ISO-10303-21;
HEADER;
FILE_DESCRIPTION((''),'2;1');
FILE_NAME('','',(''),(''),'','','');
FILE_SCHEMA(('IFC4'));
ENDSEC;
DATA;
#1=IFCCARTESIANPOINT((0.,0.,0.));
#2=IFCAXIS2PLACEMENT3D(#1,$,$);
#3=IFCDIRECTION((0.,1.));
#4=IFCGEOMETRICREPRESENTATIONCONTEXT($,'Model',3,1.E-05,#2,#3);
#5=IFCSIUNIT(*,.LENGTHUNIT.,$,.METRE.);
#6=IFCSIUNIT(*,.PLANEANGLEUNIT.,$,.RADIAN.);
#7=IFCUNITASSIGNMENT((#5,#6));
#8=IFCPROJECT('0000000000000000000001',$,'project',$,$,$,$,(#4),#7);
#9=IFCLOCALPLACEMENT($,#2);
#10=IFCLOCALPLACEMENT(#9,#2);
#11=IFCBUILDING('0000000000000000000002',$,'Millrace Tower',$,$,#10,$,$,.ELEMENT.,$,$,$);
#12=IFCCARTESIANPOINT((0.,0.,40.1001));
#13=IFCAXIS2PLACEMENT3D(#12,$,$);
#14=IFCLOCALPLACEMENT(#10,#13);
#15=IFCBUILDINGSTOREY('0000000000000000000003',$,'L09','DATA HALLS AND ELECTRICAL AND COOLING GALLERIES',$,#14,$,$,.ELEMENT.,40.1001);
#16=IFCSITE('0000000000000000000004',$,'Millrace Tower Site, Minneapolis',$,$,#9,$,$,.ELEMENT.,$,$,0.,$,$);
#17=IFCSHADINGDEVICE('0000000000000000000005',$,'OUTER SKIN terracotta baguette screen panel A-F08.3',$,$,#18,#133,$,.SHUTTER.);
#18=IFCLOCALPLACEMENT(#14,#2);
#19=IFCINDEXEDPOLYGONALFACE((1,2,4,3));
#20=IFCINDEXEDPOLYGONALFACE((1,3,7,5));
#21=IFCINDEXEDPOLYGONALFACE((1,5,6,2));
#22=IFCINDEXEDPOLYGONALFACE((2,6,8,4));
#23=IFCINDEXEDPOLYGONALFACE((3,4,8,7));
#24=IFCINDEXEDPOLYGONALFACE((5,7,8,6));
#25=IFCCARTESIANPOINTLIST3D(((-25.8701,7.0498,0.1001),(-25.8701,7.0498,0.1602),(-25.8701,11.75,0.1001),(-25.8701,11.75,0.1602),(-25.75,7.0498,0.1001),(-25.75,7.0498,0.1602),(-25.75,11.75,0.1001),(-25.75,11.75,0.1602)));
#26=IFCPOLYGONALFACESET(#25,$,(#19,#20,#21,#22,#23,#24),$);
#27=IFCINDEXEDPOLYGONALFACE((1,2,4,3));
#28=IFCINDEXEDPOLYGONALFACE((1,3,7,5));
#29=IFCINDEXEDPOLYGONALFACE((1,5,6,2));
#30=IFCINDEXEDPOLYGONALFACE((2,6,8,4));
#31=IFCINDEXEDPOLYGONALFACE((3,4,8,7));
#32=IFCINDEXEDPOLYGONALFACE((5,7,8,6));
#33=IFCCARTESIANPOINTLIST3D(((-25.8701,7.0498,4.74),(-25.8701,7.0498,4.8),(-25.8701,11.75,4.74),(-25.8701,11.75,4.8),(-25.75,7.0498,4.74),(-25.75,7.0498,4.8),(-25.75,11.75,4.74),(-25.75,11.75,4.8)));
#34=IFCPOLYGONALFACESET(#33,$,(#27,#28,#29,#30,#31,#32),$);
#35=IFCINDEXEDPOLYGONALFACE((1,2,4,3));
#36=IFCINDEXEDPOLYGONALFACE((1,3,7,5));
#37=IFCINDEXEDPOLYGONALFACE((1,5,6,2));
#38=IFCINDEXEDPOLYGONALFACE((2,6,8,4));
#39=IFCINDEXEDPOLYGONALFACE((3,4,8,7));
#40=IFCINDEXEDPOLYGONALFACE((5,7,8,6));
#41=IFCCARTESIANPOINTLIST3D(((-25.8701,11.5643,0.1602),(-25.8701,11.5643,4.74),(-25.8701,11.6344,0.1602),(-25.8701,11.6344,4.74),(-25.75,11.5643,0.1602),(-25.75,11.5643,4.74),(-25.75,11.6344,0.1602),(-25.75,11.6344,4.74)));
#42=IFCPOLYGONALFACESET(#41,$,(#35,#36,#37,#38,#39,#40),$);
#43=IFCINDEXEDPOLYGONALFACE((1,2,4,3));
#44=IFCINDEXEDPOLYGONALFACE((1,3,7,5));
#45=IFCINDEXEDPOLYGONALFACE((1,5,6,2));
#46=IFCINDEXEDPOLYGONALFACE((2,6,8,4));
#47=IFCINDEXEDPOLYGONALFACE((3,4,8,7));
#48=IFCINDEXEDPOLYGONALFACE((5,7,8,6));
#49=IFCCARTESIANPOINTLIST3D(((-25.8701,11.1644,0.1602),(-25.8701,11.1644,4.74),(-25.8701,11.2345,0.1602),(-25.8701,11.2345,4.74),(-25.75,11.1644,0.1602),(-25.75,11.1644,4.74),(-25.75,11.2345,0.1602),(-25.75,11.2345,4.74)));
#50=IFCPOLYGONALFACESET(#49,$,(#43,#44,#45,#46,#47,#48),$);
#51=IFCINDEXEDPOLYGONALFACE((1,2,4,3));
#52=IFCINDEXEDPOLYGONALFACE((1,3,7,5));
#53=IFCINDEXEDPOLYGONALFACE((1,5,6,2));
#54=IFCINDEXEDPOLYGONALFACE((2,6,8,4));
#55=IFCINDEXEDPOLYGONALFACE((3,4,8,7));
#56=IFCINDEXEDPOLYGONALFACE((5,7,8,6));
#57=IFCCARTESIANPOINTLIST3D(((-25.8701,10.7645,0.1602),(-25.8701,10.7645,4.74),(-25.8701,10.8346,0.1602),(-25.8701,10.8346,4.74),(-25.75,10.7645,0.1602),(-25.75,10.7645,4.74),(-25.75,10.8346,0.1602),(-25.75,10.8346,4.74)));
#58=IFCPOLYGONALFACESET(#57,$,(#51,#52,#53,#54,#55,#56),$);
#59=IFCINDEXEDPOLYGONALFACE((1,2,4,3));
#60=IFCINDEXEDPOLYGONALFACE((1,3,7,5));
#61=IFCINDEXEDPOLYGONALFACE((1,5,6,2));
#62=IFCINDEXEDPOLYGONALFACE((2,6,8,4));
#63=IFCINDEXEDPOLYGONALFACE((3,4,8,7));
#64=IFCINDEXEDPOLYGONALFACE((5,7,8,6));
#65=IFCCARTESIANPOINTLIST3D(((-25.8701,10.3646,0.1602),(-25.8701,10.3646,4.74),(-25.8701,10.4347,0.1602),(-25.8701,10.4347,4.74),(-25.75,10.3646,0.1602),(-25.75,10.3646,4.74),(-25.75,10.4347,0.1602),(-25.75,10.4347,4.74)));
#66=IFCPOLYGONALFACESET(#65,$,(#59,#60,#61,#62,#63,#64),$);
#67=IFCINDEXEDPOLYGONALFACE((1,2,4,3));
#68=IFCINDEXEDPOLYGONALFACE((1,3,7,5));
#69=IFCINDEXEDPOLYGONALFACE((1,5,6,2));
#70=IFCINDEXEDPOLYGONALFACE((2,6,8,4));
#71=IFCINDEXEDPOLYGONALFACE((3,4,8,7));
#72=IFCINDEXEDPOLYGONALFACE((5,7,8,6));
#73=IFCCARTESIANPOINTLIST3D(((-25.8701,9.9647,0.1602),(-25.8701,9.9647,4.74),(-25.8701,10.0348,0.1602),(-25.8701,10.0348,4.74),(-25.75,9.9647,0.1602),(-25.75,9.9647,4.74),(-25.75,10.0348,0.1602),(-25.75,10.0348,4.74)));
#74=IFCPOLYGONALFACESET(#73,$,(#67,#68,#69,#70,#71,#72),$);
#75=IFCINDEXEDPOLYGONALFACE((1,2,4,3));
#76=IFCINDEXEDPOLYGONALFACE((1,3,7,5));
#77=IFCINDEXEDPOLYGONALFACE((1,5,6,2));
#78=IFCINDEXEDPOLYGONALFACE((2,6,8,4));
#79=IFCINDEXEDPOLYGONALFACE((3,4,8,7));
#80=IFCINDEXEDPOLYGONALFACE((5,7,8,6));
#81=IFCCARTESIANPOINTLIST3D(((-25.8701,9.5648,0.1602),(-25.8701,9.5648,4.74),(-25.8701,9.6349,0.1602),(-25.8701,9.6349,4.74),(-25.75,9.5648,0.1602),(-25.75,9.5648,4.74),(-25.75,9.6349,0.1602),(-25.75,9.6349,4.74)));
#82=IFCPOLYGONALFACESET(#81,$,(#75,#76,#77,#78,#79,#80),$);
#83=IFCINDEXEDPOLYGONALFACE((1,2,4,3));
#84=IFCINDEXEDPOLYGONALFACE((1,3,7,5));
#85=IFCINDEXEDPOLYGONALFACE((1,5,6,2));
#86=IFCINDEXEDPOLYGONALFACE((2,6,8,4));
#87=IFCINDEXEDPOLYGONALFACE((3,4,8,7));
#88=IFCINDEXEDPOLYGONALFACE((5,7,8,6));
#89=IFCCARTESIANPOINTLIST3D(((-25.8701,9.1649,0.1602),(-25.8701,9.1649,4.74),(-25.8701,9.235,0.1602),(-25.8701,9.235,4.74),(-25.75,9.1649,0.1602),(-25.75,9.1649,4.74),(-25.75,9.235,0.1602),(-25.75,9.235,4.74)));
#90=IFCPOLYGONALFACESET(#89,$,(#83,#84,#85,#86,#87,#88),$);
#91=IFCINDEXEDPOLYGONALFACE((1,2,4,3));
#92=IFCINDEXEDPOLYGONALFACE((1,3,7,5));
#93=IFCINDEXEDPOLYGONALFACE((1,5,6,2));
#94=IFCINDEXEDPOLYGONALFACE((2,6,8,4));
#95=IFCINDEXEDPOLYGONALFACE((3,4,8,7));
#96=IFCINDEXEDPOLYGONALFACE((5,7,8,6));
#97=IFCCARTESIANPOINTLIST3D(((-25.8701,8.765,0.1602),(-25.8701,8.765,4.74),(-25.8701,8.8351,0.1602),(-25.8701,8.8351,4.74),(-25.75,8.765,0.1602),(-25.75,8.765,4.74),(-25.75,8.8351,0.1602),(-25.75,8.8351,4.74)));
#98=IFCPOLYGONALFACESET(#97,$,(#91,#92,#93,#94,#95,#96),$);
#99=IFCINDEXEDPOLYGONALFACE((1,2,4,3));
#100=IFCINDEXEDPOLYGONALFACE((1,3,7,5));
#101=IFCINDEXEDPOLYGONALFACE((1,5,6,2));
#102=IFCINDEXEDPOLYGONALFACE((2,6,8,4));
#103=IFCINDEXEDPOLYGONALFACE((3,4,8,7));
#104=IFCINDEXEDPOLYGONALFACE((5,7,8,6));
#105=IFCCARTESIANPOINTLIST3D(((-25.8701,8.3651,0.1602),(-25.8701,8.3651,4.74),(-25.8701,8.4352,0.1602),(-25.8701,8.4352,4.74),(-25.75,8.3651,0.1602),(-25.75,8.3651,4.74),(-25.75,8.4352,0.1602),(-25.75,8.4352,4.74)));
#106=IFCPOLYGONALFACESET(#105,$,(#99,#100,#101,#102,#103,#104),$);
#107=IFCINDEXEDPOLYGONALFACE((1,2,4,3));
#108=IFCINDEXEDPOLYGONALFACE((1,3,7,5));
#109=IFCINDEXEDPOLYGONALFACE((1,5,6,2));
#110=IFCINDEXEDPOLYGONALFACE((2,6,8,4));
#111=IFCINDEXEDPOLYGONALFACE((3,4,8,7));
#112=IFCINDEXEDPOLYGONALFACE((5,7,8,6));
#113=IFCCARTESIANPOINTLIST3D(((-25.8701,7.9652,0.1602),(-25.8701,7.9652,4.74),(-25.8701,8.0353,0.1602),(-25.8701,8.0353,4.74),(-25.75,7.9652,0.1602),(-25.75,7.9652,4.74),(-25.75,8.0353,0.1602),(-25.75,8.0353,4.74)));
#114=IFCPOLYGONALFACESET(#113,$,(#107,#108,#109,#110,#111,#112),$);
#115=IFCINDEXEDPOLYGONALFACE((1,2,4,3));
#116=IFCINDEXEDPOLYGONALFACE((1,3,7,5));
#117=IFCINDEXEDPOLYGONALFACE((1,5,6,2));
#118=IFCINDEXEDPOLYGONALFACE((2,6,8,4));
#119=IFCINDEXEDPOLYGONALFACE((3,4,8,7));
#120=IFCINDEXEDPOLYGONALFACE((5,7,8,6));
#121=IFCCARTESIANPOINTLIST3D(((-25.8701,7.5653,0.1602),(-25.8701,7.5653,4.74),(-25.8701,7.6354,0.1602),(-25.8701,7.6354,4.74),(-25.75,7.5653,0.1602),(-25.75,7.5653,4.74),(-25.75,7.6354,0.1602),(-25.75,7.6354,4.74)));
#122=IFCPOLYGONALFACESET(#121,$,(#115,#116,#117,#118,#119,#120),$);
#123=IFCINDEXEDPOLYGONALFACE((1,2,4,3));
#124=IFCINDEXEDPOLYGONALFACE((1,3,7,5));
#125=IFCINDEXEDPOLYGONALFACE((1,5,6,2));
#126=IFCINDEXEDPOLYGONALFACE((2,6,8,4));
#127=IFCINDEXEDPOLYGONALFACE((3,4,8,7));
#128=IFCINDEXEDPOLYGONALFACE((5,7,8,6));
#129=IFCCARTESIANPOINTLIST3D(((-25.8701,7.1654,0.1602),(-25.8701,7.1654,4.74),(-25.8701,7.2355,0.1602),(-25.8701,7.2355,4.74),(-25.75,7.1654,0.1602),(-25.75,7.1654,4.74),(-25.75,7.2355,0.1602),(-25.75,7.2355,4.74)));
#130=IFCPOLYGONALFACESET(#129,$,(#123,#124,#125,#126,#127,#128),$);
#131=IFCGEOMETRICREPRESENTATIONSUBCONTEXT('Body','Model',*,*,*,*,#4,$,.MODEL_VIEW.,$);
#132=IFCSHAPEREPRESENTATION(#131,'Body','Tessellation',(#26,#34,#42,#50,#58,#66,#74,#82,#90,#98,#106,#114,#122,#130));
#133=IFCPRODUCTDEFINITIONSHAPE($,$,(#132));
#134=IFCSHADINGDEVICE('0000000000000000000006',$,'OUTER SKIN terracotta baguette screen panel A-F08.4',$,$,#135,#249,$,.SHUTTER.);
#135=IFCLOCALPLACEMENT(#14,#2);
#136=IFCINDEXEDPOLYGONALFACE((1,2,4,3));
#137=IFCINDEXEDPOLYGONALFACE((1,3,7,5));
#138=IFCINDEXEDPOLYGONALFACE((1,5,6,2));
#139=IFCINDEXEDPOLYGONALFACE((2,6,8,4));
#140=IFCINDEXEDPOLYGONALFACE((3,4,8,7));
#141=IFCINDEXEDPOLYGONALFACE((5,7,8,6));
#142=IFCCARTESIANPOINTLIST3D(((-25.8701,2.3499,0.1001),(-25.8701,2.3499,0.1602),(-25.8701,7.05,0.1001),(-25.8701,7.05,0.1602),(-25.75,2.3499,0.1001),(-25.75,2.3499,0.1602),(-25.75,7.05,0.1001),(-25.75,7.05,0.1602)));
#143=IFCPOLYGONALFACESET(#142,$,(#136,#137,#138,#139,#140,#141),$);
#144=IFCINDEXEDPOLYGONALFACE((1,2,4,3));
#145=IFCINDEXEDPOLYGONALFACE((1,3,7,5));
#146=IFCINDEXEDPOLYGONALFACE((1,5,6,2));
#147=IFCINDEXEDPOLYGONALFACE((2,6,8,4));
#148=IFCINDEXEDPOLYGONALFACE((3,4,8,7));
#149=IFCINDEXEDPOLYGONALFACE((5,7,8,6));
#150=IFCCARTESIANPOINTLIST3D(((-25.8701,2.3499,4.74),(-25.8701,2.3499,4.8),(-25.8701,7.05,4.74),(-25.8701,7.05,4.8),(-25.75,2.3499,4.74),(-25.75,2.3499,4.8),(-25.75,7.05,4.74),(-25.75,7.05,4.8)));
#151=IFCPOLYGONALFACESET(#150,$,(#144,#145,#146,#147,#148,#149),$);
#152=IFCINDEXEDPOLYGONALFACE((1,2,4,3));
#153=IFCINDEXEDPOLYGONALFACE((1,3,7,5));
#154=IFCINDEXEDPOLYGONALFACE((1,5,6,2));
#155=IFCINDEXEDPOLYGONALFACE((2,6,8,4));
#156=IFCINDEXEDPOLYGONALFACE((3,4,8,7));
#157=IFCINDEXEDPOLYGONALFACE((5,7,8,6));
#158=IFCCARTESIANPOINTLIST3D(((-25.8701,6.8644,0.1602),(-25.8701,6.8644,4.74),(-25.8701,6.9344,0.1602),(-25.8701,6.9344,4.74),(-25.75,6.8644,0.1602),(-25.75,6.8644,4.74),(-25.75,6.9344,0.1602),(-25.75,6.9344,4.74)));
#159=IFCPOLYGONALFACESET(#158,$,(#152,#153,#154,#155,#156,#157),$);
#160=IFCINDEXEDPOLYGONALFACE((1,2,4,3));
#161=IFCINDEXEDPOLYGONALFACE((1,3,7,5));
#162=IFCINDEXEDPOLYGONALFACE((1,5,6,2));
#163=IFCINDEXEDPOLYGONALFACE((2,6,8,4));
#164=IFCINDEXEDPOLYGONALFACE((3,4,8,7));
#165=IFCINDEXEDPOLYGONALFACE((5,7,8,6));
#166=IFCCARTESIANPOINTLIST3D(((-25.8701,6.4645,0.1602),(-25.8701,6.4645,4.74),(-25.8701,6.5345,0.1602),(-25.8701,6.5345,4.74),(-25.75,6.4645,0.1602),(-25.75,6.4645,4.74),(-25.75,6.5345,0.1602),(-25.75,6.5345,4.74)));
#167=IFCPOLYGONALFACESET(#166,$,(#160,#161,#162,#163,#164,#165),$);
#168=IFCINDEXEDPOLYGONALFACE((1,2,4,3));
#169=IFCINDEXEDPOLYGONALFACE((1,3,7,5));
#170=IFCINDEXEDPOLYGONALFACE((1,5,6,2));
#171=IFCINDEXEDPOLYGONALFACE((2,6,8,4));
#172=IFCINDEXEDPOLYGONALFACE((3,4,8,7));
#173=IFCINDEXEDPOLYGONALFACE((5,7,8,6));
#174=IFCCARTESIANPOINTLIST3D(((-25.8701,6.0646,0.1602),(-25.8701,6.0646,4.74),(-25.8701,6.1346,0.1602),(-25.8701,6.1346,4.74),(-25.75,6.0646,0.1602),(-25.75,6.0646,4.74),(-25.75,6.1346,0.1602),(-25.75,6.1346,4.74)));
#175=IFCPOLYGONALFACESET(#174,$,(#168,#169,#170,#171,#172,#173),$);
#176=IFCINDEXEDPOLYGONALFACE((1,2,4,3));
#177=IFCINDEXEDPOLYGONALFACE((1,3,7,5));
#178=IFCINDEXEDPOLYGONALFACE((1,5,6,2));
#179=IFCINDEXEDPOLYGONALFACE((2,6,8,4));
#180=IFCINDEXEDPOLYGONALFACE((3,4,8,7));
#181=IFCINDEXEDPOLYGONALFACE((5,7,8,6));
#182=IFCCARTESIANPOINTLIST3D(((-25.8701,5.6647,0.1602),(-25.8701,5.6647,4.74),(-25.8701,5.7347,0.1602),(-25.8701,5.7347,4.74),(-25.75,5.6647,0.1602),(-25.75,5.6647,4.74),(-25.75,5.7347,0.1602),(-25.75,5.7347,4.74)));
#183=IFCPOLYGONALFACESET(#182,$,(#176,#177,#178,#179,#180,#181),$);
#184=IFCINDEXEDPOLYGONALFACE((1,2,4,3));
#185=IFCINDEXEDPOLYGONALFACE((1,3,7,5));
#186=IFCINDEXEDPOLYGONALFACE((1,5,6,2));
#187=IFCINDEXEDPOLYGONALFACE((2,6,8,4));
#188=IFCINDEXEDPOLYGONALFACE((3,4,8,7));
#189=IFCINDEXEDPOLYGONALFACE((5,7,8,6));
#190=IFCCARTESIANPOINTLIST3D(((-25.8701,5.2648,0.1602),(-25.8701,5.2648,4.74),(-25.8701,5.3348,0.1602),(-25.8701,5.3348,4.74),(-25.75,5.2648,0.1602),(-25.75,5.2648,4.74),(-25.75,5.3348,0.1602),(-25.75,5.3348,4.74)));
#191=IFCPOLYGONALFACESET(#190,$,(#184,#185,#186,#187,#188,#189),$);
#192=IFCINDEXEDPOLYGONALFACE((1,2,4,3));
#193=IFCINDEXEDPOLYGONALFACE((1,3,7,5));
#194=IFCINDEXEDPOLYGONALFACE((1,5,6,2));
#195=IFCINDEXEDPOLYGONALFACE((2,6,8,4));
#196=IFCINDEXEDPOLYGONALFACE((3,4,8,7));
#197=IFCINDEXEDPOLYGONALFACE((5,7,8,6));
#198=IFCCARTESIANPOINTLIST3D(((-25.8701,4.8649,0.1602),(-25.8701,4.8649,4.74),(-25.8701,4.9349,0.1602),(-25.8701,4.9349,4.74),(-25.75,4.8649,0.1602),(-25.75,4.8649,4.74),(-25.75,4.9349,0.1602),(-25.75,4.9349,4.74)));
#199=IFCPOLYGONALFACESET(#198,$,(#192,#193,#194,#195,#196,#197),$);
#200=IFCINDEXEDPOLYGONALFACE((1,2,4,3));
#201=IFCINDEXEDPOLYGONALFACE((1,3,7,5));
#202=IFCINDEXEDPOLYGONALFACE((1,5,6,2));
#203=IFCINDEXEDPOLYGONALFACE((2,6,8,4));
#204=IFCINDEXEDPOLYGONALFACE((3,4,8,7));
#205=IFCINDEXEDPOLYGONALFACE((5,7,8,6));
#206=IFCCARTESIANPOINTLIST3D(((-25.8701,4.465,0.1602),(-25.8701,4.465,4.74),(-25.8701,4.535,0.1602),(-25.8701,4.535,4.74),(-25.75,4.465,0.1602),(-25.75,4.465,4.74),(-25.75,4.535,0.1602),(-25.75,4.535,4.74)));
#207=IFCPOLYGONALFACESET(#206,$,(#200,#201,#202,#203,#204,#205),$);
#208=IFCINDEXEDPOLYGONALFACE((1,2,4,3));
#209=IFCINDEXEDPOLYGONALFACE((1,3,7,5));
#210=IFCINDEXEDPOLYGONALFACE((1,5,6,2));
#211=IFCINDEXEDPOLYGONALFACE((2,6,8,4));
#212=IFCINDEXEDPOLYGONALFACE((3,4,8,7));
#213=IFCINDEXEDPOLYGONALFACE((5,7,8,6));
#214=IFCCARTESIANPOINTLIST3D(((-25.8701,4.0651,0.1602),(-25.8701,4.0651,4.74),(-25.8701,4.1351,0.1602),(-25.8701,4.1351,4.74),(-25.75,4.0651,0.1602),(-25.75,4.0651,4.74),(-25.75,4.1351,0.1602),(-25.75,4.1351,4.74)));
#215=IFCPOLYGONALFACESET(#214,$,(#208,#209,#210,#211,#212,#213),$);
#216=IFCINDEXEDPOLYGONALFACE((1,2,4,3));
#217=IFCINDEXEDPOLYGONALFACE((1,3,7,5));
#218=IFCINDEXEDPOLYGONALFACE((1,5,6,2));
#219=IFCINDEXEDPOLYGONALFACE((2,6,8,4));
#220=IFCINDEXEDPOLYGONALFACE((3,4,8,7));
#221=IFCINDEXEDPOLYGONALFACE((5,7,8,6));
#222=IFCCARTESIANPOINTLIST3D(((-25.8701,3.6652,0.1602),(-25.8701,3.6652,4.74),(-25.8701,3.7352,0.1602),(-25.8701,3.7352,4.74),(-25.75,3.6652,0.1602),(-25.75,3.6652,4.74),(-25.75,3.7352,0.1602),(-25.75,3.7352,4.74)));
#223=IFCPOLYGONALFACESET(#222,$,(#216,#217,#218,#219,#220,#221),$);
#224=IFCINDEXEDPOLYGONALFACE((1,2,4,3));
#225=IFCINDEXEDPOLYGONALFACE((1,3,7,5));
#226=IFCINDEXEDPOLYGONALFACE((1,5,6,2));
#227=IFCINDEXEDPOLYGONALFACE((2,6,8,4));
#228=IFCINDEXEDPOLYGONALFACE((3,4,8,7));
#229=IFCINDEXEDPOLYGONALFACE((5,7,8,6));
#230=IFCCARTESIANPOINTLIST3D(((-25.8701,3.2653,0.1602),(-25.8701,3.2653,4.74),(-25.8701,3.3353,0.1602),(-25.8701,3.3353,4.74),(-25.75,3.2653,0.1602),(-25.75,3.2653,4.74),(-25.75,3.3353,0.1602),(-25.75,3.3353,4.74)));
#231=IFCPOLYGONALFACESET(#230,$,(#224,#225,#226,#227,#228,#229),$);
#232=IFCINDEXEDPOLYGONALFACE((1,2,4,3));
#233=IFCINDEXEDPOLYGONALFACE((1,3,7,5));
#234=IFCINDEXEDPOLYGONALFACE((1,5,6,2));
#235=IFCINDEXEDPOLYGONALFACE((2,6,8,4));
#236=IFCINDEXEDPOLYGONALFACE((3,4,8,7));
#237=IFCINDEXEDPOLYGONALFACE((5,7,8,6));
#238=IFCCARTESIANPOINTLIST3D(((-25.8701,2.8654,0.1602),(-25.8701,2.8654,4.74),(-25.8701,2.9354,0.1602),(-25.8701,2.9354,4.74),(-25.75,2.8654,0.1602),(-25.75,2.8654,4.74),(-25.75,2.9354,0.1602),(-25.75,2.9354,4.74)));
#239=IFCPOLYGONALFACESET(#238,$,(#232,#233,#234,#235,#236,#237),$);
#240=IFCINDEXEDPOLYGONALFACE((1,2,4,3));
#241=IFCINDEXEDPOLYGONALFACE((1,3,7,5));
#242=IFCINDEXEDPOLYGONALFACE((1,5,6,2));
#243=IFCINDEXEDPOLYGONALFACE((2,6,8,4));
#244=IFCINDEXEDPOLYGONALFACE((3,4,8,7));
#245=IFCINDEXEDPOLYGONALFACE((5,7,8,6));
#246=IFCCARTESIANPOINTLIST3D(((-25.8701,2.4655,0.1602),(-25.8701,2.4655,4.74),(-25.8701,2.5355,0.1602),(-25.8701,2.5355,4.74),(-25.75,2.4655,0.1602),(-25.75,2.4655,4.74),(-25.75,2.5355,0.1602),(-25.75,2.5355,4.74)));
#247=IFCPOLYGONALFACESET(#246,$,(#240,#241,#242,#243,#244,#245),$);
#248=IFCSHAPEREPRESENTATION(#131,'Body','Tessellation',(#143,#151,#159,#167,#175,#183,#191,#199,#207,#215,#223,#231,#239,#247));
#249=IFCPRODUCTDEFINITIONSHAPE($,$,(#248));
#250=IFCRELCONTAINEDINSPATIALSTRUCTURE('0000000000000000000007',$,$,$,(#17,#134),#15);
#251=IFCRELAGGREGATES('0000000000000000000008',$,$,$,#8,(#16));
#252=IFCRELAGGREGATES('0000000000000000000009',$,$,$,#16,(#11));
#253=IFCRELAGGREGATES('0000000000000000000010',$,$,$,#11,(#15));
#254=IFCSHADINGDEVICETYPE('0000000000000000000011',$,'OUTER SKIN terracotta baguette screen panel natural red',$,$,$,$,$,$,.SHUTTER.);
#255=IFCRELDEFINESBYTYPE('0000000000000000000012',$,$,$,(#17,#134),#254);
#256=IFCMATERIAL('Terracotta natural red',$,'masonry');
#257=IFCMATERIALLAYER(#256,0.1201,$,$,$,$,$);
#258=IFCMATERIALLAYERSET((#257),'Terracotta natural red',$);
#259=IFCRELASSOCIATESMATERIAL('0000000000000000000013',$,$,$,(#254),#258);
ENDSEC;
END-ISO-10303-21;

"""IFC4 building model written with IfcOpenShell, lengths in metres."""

from ifc_helpers import new_model, entity, si_unit, direction, frame, frame_2d, origin, place, context, subcontext, project, spatial, rectangle, extrude, source, transform, mapped, material, layer, layer_set, type_object, element, save


model = new_model("IFC4")

# Units and contexts
model_context = context("Model", 3, precision=1e-05, world=origin(), true_north=direction((0.0, 1.0)))
body_context = subcontext(model_context, "Body", "Model", "MODEL_VIEW")
ifc_project = project(units=[si_unit("LENGTHUNIT", "METRE"), si_unit("PLANEANGLEUNIT", "RADIAN")], contexts=[model_context])

# Site, building, storey
site_placement = place(None, origin())
site = spatial("IfcSite", under=ifc_project, at=site_placement, Name="Millrace Tower Site, Minneapolis", CompositionType="ELEMENT", RefElevation=0.0)
building_placement = place(site_placement, origin())
building = spatial("IfcBuilding", under=site, at=building_placement, Name="Millrace Tower", CompositionType="ELEMENT")
storey_placement = place(building_placement, frame((0.0, 0.0, 40.1001)))
storey = spatial("IfcBuildingStorey", under=building, at=storey_placement, Name="L09", Description="DATA HALLS AND ELECTRICAL AND COOLING GALLERIES", CompositionType="ELEMENT", Elevation=40.1001)

# Shading devices
ifc_material_1 = material(Name="Terracotta natural red", Category="masonry")
ifc_layer_1 = layer(ifc_material_1, 0.1201)
ifc_layer_set_1 = layer_set([ifc_layer_1], Name="Terracotta natural red")
shading_device_type = type_object("IfcShadingDeviceType", Name="OUTER SKIN terracotta baguette screen panel natural red", PredefinedType="SHUTTER", material=ifc_layer_set_1)
cartesian_point = entity("IfcCartesianPoint", [-2.3501, 0.0601])
shared_polyline = entity("IfcPolyline", [cartesian_point, entity("IfcCartesianPoint", [2.3501, 0.0601]), entity("IfcCartesianPoint", [2.3501, -0.0601]), entity("IfcCartesianPoint", [-2.3501, -0.0601]), cartesian_point])
shared_shape = source(origin(), body_context, "Body", "SweptSolid", [
    entity("IfcExtrudedAreaSolid", entity("IfcArbitraryClosedProfileDef", "AREA", None, shared_polyline), entity("IfcAxis2Placement3D", entity("IfcCartesianPoint", [0.0, 0.0, 0.0])), entity("IfcDirection", [0.0, 0.0, 1.0]), 0.0601),
    entity("IfcExtrudedAreaSolid", entity("IfcArbitraryClosedProfileDef", "AREA", None, shared_polyline), entity("IfcAxis2Placement3D", entity("IfcCartesianPoint", [0.0, 0.0, 4.6399])), entity("IfcDirection", [0.0, 0.0, 1.0]), 0.0601),
    extrude(rectangle(XDim=0.0701, YDim=0.1201, at=frame_2d((-2.1995, 0.0))), frame((0.0, 0.0, 0.0601)), (0.0, 0.0, 1.0), 4.5798),
    extrude(rectangle(XDim=0.0701, YDim=0.1201, at=frame_2d((-1.7996, 0.0))), frame((0.0, 0.0, 0.0601)), (0.0, 0.0, 1.0), 4.5798),
    extrude(rectangle(XDim=0.0701, YDim=0.1201, at=frame_2d((-1.3997, 0.0))), frame((0.0, 0.0, 0.0601)), (0.0, 0.0, 1.0), 4.5798),
    extrude(rectangle(XDim=0.0701, YDim=0.1201, at=frame_2d((-0.9998, 0.0))), frame((0.0, 0.0, 0.0601)), (0.0, 0.0, 1.0), 4.5798),
    extrude(rectangle(XDim=0.0701, YDim=0.1201, at=frame_2d((-0.5999, 0.0))), frame((0.0, 0.0, 0.0601)), (0.0, 0.0, 1.0), 4.5798),
    extrude(rectangle(XDim=0.0701, YDim=0.1201, at=frame_2d((-0.2, 0.0))), frame((0.0, 0.0, 0.0601)), (0.0, 0.0, 1.0), 4.5798),
    extrude(rectangle(XDim=0.0701, YDim=0.1201, at=frame_2d((0.2, 0.0))), frame((0.0, 0.0, 0.0601)), (0.0, 0.0, 1.0), 4.5798),
    extrude(rectangle(XDim=0.0701, YDim=0.1201, at=frame_2d((0.5999, 0.0))), frame((0.0, 0.0, 0.0601)), (0.0, 0.0, 1.0), 4.5798),
    extrude(rectangle(XDim=0.0701, YDim=0.1201, at=frame_2d((0.9998, 0.0))), frame((0.0, 0.0, 0.0601)), (0.0, 0.0, 1.0), 4.5798),
    extrude(rectangle(XDim=0.0701, YDim=0.1201, at=frame_2d((1.3997, 0.0))), frame((0.0, 0.0, 0.0601)), (0.0, 0.0, 1.0), 4.5798),
    extrude(rectangle(XDim=0.0701, YDim=0.1201, at=frame_2d((1.7996, 0.0))), frame((0.0, 0.0, 0.0601)), (0.0, 0.0, 1.0), 4.5798),
    extrude(rectangle(XDim=0.0701, YDim=0.1201, at=frame_2d((2.1995, 0.0))), frame((0.0, 0.0, 0.0601)), (0.0, 0.0, 1.0), 4.5798),
])
for number, where, z_axis, x_axis, name in (
    (1, (-25.8101, 9.3999, 0.1001), (0.0, 0.0, 1.0), (0.0, -1.0, 0.0), "OUTER SKIN terracotta baguette screen panel A-F08.3"),
    (2, (-25.8101, 4.7, 0.1001), (0.0, 0.0, 1.0), (0.0, -1.0, 0.0), "OUTER SKIN terracotta baguette screen panel A-F08.4"),
):
    element("IfcShadingDevice", number, at=place(storey_placement, frame(where, z_axis=z_axis, x_axis=x_axis)), inside=storey, type_object=shading_device_type, Name=name, PredefinedType="SHUTTER", context=body_context, shape_type="MappedRepresentation", body=[
        mapped(shared_shape, transform((0.0, 0.0, 0.0), scale=1.0)),
    ])

save(model, "model.ifc")
